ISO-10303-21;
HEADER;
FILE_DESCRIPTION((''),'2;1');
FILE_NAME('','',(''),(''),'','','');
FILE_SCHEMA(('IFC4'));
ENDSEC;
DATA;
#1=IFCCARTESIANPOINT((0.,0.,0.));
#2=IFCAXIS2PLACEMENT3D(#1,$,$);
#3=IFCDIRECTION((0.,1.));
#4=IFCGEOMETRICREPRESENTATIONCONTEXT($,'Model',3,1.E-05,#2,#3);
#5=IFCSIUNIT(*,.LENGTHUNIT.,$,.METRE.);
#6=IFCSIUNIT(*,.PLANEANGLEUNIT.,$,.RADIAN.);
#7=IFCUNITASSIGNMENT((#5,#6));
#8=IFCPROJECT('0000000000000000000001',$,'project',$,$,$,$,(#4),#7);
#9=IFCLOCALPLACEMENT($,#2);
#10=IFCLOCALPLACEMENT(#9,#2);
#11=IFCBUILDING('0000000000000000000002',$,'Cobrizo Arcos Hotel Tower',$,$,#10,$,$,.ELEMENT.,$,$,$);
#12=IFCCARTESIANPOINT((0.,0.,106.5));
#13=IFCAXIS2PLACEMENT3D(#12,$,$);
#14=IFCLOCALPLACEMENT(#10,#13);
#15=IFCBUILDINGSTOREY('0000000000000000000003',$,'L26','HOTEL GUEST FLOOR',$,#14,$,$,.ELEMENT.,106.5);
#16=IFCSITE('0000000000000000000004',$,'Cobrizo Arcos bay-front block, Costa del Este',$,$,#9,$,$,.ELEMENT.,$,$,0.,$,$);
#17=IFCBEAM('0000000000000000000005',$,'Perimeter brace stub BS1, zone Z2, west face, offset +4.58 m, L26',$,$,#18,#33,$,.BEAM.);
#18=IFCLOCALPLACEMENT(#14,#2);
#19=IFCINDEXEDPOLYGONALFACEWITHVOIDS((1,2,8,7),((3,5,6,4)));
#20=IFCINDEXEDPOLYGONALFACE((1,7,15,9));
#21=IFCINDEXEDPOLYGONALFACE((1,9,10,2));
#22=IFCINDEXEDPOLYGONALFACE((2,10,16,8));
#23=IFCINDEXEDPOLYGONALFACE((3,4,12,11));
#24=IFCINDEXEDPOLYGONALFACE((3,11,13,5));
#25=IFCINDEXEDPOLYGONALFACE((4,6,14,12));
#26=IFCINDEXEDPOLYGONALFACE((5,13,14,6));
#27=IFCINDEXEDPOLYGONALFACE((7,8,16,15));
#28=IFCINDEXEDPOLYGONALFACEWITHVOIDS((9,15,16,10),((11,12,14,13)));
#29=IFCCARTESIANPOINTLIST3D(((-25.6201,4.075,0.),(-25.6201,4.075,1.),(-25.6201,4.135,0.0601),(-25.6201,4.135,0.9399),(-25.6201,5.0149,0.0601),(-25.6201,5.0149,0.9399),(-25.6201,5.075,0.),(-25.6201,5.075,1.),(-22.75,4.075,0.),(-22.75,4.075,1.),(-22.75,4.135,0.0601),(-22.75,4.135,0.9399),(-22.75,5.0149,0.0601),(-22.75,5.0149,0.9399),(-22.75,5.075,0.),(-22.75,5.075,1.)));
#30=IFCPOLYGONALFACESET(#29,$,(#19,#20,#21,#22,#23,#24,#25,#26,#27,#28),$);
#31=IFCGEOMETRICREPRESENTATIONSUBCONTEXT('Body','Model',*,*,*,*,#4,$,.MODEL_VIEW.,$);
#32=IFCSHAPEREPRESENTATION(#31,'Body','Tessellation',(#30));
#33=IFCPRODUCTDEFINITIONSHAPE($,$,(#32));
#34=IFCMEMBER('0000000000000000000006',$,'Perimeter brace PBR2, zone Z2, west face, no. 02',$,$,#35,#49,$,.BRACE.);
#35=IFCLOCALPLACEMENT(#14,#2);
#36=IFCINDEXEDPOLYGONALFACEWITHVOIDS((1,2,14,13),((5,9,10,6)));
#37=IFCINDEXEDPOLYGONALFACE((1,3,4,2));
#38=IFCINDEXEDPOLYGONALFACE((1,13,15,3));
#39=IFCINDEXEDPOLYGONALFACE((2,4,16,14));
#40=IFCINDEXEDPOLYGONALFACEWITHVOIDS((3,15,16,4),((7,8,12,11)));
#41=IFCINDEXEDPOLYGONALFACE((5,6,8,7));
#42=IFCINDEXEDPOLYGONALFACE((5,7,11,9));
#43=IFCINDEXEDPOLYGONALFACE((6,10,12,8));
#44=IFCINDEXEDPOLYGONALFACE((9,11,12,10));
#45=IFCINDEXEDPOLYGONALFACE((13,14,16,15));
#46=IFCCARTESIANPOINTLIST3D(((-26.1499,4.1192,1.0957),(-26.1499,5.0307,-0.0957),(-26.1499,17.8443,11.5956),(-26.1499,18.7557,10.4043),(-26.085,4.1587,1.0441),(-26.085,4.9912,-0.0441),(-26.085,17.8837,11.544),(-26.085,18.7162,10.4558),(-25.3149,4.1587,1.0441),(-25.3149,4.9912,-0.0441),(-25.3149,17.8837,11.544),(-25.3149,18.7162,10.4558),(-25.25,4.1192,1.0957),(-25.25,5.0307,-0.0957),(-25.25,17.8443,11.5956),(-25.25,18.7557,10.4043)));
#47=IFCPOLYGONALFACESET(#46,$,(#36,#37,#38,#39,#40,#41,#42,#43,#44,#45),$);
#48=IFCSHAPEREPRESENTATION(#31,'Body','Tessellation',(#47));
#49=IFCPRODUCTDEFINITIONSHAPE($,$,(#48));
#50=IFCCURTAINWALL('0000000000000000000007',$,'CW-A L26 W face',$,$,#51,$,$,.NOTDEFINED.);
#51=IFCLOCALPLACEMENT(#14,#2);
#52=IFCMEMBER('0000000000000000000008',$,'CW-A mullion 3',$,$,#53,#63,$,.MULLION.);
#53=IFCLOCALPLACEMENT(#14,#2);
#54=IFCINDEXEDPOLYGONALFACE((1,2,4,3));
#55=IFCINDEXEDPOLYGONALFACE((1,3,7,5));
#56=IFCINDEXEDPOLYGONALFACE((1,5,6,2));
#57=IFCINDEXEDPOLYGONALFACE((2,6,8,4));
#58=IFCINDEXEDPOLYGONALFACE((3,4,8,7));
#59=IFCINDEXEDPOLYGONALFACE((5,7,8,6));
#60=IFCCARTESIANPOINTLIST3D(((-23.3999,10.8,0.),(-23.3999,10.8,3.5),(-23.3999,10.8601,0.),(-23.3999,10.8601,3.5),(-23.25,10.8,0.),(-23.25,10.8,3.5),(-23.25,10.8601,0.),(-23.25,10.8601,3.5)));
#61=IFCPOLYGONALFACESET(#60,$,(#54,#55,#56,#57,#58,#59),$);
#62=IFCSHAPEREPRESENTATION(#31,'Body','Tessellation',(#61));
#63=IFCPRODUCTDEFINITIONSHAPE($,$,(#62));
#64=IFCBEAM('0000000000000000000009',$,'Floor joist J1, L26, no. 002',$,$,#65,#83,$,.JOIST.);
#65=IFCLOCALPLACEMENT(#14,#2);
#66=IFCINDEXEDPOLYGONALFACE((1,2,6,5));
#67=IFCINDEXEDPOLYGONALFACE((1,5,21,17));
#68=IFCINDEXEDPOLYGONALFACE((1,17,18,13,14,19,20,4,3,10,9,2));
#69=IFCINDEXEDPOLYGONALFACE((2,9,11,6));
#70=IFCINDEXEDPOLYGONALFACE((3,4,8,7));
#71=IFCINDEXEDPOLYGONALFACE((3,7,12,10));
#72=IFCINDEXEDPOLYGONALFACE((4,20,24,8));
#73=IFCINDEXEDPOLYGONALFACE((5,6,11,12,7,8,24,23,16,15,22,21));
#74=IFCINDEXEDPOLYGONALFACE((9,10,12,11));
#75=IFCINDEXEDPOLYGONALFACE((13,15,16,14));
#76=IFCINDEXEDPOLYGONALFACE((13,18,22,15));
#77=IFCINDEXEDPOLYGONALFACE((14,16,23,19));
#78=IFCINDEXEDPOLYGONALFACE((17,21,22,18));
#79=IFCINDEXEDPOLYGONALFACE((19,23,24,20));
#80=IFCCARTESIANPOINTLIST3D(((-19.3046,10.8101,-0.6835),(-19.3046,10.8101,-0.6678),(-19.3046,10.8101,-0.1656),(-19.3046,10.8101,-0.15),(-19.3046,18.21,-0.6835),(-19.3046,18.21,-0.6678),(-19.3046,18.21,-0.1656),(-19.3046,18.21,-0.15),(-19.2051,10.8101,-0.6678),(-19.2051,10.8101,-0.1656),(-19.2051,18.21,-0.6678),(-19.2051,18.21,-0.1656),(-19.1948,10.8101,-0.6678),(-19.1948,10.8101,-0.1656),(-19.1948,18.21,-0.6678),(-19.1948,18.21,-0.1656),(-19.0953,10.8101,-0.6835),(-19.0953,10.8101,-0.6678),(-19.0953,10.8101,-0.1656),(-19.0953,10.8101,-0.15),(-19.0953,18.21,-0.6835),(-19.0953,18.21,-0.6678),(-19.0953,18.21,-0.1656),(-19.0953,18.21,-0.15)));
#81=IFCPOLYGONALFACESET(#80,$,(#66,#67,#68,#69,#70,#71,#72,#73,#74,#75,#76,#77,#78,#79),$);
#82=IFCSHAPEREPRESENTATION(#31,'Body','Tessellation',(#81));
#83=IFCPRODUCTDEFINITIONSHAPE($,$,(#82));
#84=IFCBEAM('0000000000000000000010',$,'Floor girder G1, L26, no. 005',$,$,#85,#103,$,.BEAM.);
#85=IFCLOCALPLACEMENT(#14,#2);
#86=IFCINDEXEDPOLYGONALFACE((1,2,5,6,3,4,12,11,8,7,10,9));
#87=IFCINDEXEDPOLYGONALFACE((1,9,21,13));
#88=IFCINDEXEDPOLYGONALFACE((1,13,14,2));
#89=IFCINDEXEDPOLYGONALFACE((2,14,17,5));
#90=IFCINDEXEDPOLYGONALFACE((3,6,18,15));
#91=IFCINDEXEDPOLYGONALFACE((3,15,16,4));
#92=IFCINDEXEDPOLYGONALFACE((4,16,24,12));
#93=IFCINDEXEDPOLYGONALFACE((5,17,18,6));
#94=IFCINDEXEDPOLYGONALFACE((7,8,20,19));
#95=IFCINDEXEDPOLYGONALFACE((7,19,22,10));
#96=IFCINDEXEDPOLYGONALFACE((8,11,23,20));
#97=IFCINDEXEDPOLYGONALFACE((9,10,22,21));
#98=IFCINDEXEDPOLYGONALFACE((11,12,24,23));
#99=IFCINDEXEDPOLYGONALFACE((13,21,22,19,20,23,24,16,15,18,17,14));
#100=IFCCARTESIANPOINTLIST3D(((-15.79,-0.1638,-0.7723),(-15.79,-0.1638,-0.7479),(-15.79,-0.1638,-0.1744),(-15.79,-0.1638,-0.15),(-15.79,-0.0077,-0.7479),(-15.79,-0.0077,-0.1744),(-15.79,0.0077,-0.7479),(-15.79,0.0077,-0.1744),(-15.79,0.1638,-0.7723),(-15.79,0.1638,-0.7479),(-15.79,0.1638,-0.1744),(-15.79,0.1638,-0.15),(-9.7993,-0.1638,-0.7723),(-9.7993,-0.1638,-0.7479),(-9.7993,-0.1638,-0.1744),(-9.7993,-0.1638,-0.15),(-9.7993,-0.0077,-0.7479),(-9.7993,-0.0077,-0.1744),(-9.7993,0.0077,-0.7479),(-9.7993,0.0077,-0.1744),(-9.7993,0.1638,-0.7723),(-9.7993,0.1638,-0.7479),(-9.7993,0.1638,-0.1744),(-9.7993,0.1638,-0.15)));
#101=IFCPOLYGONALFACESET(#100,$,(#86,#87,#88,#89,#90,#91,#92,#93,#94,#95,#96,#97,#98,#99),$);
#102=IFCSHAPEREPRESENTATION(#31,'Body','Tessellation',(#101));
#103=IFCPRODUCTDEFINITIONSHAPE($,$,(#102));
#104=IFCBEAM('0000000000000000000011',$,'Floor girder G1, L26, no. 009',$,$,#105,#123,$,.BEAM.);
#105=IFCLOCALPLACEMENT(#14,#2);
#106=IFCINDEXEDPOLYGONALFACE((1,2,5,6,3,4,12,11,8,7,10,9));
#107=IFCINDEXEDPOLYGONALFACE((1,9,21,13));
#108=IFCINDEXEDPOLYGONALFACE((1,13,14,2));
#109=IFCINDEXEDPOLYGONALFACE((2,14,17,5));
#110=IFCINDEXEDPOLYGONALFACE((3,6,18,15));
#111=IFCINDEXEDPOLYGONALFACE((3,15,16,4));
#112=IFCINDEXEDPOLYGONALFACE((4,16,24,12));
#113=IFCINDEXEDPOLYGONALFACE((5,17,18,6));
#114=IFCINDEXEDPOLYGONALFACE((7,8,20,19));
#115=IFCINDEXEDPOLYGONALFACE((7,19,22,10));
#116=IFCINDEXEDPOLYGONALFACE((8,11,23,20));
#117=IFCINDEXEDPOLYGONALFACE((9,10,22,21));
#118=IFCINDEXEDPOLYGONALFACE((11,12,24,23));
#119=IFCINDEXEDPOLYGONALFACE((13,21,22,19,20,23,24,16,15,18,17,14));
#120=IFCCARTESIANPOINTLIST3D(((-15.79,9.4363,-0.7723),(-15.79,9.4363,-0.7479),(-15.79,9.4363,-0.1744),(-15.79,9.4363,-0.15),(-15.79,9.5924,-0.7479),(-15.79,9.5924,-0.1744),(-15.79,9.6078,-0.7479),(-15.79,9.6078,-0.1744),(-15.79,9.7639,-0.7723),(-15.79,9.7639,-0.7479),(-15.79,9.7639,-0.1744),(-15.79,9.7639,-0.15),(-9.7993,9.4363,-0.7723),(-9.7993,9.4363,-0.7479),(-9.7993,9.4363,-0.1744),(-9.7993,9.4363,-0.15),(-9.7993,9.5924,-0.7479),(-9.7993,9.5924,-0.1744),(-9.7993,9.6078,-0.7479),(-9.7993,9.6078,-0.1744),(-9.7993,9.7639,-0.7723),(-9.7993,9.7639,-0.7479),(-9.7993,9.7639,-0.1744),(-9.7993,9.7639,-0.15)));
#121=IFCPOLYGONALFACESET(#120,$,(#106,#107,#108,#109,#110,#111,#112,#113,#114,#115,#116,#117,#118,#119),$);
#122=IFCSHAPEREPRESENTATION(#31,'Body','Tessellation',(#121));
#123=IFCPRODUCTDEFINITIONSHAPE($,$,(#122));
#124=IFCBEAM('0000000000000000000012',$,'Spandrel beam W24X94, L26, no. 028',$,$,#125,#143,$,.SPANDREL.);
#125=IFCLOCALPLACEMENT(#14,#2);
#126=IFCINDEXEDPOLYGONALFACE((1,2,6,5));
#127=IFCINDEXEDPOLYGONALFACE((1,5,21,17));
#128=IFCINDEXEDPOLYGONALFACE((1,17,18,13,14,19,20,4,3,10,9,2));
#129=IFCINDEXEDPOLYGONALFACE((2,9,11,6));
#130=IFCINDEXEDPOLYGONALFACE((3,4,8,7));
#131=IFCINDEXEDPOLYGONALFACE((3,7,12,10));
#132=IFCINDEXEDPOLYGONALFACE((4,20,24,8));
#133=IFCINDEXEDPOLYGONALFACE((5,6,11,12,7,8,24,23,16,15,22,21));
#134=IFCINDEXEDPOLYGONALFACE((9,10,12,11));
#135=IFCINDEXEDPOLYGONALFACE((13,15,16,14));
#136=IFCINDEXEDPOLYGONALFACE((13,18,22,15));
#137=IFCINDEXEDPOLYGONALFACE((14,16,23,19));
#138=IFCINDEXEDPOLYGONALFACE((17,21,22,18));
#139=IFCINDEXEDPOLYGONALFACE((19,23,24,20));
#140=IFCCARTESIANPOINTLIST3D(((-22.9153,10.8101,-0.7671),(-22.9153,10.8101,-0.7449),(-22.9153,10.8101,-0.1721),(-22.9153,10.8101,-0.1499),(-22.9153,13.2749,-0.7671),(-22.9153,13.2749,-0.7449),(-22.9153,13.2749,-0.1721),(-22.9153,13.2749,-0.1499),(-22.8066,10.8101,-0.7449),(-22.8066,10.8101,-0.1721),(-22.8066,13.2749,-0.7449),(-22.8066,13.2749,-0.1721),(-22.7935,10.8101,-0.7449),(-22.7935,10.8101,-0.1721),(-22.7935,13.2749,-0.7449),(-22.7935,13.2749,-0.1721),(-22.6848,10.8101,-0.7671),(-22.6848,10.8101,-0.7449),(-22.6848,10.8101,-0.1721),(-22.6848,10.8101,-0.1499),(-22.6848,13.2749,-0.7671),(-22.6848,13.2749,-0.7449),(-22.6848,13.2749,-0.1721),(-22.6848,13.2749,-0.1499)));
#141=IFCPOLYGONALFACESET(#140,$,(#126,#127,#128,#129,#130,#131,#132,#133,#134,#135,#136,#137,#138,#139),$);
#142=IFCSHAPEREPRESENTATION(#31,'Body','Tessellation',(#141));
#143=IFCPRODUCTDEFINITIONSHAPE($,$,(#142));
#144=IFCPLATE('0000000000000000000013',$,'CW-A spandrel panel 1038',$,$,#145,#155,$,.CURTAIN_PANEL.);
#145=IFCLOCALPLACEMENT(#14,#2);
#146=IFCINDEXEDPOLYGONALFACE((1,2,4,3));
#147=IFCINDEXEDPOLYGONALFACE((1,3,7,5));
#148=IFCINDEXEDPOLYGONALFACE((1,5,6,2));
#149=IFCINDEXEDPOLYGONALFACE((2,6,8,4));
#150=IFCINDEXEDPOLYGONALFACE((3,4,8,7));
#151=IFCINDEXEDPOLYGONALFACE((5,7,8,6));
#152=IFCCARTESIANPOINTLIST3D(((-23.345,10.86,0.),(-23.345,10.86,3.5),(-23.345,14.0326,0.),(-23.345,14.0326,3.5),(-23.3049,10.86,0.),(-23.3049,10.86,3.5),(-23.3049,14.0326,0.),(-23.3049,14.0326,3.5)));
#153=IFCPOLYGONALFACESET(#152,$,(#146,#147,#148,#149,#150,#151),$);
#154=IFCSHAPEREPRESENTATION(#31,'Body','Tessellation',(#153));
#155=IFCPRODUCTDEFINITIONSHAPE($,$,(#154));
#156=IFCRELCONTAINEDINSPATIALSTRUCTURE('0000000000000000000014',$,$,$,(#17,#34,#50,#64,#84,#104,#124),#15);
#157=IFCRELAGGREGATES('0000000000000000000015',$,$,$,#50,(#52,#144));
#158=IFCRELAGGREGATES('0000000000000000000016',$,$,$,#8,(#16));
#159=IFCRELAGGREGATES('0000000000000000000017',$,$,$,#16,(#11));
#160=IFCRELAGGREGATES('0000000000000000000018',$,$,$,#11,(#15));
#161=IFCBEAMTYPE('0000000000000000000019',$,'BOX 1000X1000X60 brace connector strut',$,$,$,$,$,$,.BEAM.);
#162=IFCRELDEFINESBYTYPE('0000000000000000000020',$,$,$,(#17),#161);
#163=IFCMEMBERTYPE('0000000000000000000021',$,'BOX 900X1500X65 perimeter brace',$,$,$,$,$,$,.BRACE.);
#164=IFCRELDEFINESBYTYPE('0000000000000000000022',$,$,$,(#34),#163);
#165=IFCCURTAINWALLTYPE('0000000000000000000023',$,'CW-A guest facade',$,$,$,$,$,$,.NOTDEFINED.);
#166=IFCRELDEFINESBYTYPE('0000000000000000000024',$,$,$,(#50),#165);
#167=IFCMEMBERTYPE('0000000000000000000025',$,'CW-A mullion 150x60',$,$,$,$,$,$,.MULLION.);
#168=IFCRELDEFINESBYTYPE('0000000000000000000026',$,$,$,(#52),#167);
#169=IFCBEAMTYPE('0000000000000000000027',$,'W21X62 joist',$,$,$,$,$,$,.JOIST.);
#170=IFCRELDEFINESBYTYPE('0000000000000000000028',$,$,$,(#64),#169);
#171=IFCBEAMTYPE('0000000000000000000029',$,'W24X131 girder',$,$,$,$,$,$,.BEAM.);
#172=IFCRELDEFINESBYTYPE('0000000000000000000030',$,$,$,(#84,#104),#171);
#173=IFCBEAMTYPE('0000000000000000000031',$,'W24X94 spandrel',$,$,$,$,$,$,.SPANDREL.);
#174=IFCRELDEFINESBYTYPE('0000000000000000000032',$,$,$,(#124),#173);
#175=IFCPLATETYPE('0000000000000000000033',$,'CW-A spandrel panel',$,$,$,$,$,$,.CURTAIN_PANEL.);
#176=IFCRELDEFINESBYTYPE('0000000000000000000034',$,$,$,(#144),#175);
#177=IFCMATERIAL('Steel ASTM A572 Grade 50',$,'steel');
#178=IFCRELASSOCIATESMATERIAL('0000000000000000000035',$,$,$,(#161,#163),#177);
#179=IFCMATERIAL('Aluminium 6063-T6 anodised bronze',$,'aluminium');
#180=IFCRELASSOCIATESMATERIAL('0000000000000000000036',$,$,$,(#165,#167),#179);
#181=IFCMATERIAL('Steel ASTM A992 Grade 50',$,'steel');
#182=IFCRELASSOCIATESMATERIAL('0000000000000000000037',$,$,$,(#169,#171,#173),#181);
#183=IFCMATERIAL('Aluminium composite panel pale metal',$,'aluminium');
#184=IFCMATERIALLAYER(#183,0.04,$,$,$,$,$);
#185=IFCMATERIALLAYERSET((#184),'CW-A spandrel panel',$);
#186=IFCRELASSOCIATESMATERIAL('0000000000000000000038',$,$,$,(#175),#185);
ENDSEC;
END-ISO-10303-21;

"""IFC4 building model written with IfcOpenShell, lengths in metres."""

from ifc_helpers import new_model, si_unit, direction, frame, origin, origin_2d, place, context, subcontext, project, spatial, rectangle, hollow_rectangle, i_section, extrude, material, layer, layer_set, material_profile, profile_set, type_object, element, aggregate, save


model = new_model("IFC4")

# Units and contexts
model_context = context("Model", 3, precision=1e-05, world=origin(), true_north=direction((0.0, 1.0)))
body_context = subcontext(model_context, "Body", "Model", "MODEL_VIEW")
ifc_project = project(units=[si_unit("LENGTHUNIT", "METRE"), si_unit("PLANEANGLEUNIT", "RADIAN")], contexts=[model_context])

# Site, building, storey
site_placement = place(None, origin())
site = spatial("IfcSite", under=ifc_project, at=site_placement, Name="Cobrizo Arcos bay-front block, Costa del Este", CompositionType="ELEMENT", RefElevation=0.0)
building_placement = place(site_placement, origin())
building = spatial("IfcBuilding", under=site, at=building_placement, Name="Cobrizo Arcos Hotel Tower", CompositionType="ELEMENT")
storey_placement = place(building_placement, frame((0.0, 0.0, 106.5)))
storey = spatial("IfcBuildingStorey", under=building, at=storey_placement, Name="L26", Description="HOTEL GUEST FLOOR", CompositionType="ELEMENT", Elevation=106.5)

# Beam
ifc_material_1 = material(Name="Steel ASTM A572 Grade 50", Category="steel")
ifc_material_profile_1 = material_profile(ifc_material_1, hollow_rectangle(XDim=1.0, YDim=1.0, WallThickness=0.0601, at=origin_2d()), Name="BOX 1000X1000X60")
ifc_profile_set_1 = profile_set([ifc_material_profile_1], Name="Steel ASTM A572 Grade 50")
beam_type_1 = type_object("IfcBeamType", Name="BOX 1000X1000X60 brace connector strut", PredefinedType="BEAM", material=ifc_profile_set_1)
beam_1_placement = place(storey_placement, frame((-22.75, 4.575, 0.5), z_axis=(-1.0, 0.0, 0.0), x_axis=(0.0, -1.0, 0.0)))
element("IfcBeam", 1, at=beam_1_placement, inside=storey, type_object=beam_type_1, Name="Perimeter brace stub BS1, zone Z2, west face, offset +4.58 m, L26", PredefinedType="BEAM", context=body_context, shape_type="SweptSolid", body=[
    extrude(hollow_rectangle(XDim=1.0, YDim=1.0, WallThickness=0.0601, at=origin_2d()), origin(), (0.0, 0.0, 1.0), 2.8701),
])

# Member
ifc_material_profile_2 = material_profile(ifc_material_1, hollow_rectangle(XDim=0.8999, YDim=1.5, WallThickness=0.0649, at=origin_2d()), Name="BOX 900X1500X65")
ifc_profile_set_2 = profile_set([ifc_material_profile_2], Name="Steel ASTM A572 Grade 50")
member_type_1 = type_object("IfcMemberType", Name="BOX 900X1500X65 perimeter brace", PredefinedType="BRACE", material=ifc_profile_set_2)
member_1_placement = place(storey_placement, frame((-25.7, 4.575, 0.5), z_axis=(0.0, 0.794237, 0.607608), x_axis=(-1.0, 0.0, 0.0)))
element("IfcMember", 2, at=member_1_placement, inside=storey, type_object=member_type_1, Name="Perimeter brace PBR2, zone Z2, west face, no. 02", PredefinedType="BRACE", context=body_context, shape_type="SweptSolid", body=[
    extrude(hollow_rectangle(XDim=0.8999, YDim=1.5, WallThickness=0.0649, at=origin_2d()), origin(), (0.0, 0.0, 1.0), 17.2808),
])

# Curtain wall, member
ifc_material_2 = material(Name="Aluminium 6063-T6 anodised bronze", Category="aluminium")
curtain_wall_type = type_object("IfcCurtainWallType", Name="CW-A guest facade", PredefinedType="NOTDEFINED", material=ifc_material_2)
curtain_wall_placement = place(storey_placement, origin())
curtain_wall = element("IfcCurtainWall", 3, at=curtain_wall_placement, inside=storey, type_object=curtain_wall_type, Name="CW-A L26 W face", PredefinedType="NOTDEFINED")
ifc_material_profile_3 = material_profile(ifc_material_2, rectangle(XDim=0.1499, YDim=0.0601, at=origin_2d()), Name="CW-A mullion 150x60")
ifc_profile_set_3 = profile_set([ifc_material_profile_3], Name="Aluminium 6063-T6 anodised bronze")
member_type_2 = type_object("IfcMemberType", Name="CW-A mullion 150x60", PredefinedType="MULLION", material=ifc_profile_set_3)
member_2_placement = place(storey_placement, frame((-23.325, 10.8301, 0.0), z_axis=(0.0, 0.0, 1.0), x_axis=(-1.0, 0.0, 0.0)))
member_2 = element("IfcMember", 4, at=member_2_placement, type_object=member_type_2, Name="CW-A mullion 3", PredefinedType="MULLION", context=body_context, shape_type="SweptSolid", body=[
    extrude(rectangle(XDim=0.1499, YDim=0.0601, at=origin_2d()), origin(), (0.0, 0.0, 1.0), 3.5),
])

# Beams
ifc_material_3 = material(Name="Steel ASTM A992 Grade 50", Category="steel")
ifc_material_profile_4 = material_profile(ifc_material_3, i_section(OverallWidth=0.2092, OverallDepth=0.5334, WebThickness=0.0103, FlangeThickness=0.0156, at=origin_2d()), Name="W21X62")
ifc_profile_set_4 = profile_set([ifc_material_profile_4], Name="Steel ASTM A992 Grade 50")
beam_type_2 = type_object("IfcBeamType", Name="W21X62 joist", PredefinedType="JOIST", material=ifc_profile_set_4)
beam_2_placement = place(storey_placement, frame((-19.2, 10.8101, -0.4167), z_axis=(0.0, 1.0, 0.0), x_axis=(-1.0, 0.0, 0.0)))
element("IfcBeam", 5, at=beam_2_placement, inside=storey, type_object=beam_type_2, Name="Floor joist J1, L26, no. 002", PredefinedType="JOIST", context=body_context, shape_type="SweptSolid", body=[
    extrude(i_section(OverallWidth=0.2092, OverallDepth=0.5334, WebThickness=0.0103, FlangeThickness=0.0156, at=origin_2d()), origin(), (0.0, 0.0, 1.0), 7.3999),
])
ifc_material_profile_5 = material_profile(ifc_material_3, i_section(OverallWidth=0.3276, OverallDepth=0.6223, WebThickness=0.0154, FlangeThickness=0.0244, at=origin_2d()), Name="W24X131")
ifc_profile_set_5 = profile_set([ifc_material_profile_5], Name="Steel ASTM A992 Grade 50")
beam_type_3 = type_object("IfcBeamType", Name="W24X131 girder", PredefinedType="BEAM", material=ifc_profile_set_5)
for number, where, z_axis, x_axis, name in (
    (6, (-15.79, 0.0, -0.4612), (1.0, 0.0, 0.0), (0.0, 1.0, 0.0), "Floor girder G1, L26, no. 005"),
    (7, (-15.79, 9.6001, -0.4612), (1.0, 0.0, 0.0), (0.0, 1.0, 0.0), "Floor girder G1, L26, no. 009"),
):
    element("IfcBeam", number, at=place(storey_placement, frame(where, z_axis=z_axis, x_axis=x_axis)), inside=storey, type_object=beam_type_3, Name=name, PredefinedType="BEAM", context=body_context, shape_type="SweptSolid", body=[
        extrude(i_section(OverallWidth=0.3276, OverallDepth=0.6223, WebThickness=0.0154, FlangeThickness=0.0244, at=origin_2d()), origin(), (0.0, 0.0, 1.0), 5.9907),
    ])
ifc_material_profile_6 = material_profile(ifc_material_3, i_section(OverallWidth=0.2305, OverallDepth=0.6172, WebThickness=0.0132, FlangeThickness=0.0222, at=origin_2d()), Name="W24X94")
ifc_profile_set_6 = profile_set([ifc_material_profile_6], Name="Steel ASTM A992 Grade 50")
beam_type_4 = type_object("IfcBeamType", Name="W24X94 spandrel", PredefinedType="SPANDREL", material=ifc_profile_set_6)
beam_3_placement = place(storey_placement, frame((-22.8, 13.2749, -0.4585), z_axis=(0.0, -1.0, 0.0), x_axis=(1.0, 0.0, 0.0)))
element("IfcBeam", 8, at=beam_3_placement, inside=storey, type_object=beam_type_4, Name="Spandrel beam W24X94, L26, no. 028", PredefinedType="SPANDREL", context=body_context, shape_type="SweptSolid", body=[
    extrude(i_section(OverallWidth=0.2305, OverallDepth=0.6172, WebThickness=0.0132, FlangeThickness=0.0222, at=origin_2d()), origin(), (0.0, 0.0, 1.0), 2.4648),
])

# Plate
ifc_material_4 = material(Name="Aluminium composite panel pale metal", Category="aluminium")
ifc_layer_1 = layer(ifc_material_4, 0.04)
ifc_layer_set_1 = layer_set([ifc_layer_1], Name="CW-A spandrel panel")
plate_type = type_object("IfcPlateType", Name="CW-A spandrel panel", PredefinedType="CURTAIN_PANEL", material=ifc_layer_set_1)
plate_placement = place(storey_placement, frame((-23.325, 12.4463, 0.0), z_axis=(0.0, 0.0, 1.0), x_axis=(0.0, -1.0, 0.0)))
plate = element("IfcPlate", 9, at=plate_placement, type_object=plate_type, Name="CW-A spandrel panel 1038", PredefinedType="CURTAIN_PANEL", context=body_context, shape_type="SweptSolid", body=[
    extrude(rectangle(XDim=3.1726, YDim=0.04, at=origin_2d()), origin(), (0.0, 0.0, 1.0), 3.5),
])
aggregate(curtain_wall, [member_2, plate])

save(model, "model.ifc")
